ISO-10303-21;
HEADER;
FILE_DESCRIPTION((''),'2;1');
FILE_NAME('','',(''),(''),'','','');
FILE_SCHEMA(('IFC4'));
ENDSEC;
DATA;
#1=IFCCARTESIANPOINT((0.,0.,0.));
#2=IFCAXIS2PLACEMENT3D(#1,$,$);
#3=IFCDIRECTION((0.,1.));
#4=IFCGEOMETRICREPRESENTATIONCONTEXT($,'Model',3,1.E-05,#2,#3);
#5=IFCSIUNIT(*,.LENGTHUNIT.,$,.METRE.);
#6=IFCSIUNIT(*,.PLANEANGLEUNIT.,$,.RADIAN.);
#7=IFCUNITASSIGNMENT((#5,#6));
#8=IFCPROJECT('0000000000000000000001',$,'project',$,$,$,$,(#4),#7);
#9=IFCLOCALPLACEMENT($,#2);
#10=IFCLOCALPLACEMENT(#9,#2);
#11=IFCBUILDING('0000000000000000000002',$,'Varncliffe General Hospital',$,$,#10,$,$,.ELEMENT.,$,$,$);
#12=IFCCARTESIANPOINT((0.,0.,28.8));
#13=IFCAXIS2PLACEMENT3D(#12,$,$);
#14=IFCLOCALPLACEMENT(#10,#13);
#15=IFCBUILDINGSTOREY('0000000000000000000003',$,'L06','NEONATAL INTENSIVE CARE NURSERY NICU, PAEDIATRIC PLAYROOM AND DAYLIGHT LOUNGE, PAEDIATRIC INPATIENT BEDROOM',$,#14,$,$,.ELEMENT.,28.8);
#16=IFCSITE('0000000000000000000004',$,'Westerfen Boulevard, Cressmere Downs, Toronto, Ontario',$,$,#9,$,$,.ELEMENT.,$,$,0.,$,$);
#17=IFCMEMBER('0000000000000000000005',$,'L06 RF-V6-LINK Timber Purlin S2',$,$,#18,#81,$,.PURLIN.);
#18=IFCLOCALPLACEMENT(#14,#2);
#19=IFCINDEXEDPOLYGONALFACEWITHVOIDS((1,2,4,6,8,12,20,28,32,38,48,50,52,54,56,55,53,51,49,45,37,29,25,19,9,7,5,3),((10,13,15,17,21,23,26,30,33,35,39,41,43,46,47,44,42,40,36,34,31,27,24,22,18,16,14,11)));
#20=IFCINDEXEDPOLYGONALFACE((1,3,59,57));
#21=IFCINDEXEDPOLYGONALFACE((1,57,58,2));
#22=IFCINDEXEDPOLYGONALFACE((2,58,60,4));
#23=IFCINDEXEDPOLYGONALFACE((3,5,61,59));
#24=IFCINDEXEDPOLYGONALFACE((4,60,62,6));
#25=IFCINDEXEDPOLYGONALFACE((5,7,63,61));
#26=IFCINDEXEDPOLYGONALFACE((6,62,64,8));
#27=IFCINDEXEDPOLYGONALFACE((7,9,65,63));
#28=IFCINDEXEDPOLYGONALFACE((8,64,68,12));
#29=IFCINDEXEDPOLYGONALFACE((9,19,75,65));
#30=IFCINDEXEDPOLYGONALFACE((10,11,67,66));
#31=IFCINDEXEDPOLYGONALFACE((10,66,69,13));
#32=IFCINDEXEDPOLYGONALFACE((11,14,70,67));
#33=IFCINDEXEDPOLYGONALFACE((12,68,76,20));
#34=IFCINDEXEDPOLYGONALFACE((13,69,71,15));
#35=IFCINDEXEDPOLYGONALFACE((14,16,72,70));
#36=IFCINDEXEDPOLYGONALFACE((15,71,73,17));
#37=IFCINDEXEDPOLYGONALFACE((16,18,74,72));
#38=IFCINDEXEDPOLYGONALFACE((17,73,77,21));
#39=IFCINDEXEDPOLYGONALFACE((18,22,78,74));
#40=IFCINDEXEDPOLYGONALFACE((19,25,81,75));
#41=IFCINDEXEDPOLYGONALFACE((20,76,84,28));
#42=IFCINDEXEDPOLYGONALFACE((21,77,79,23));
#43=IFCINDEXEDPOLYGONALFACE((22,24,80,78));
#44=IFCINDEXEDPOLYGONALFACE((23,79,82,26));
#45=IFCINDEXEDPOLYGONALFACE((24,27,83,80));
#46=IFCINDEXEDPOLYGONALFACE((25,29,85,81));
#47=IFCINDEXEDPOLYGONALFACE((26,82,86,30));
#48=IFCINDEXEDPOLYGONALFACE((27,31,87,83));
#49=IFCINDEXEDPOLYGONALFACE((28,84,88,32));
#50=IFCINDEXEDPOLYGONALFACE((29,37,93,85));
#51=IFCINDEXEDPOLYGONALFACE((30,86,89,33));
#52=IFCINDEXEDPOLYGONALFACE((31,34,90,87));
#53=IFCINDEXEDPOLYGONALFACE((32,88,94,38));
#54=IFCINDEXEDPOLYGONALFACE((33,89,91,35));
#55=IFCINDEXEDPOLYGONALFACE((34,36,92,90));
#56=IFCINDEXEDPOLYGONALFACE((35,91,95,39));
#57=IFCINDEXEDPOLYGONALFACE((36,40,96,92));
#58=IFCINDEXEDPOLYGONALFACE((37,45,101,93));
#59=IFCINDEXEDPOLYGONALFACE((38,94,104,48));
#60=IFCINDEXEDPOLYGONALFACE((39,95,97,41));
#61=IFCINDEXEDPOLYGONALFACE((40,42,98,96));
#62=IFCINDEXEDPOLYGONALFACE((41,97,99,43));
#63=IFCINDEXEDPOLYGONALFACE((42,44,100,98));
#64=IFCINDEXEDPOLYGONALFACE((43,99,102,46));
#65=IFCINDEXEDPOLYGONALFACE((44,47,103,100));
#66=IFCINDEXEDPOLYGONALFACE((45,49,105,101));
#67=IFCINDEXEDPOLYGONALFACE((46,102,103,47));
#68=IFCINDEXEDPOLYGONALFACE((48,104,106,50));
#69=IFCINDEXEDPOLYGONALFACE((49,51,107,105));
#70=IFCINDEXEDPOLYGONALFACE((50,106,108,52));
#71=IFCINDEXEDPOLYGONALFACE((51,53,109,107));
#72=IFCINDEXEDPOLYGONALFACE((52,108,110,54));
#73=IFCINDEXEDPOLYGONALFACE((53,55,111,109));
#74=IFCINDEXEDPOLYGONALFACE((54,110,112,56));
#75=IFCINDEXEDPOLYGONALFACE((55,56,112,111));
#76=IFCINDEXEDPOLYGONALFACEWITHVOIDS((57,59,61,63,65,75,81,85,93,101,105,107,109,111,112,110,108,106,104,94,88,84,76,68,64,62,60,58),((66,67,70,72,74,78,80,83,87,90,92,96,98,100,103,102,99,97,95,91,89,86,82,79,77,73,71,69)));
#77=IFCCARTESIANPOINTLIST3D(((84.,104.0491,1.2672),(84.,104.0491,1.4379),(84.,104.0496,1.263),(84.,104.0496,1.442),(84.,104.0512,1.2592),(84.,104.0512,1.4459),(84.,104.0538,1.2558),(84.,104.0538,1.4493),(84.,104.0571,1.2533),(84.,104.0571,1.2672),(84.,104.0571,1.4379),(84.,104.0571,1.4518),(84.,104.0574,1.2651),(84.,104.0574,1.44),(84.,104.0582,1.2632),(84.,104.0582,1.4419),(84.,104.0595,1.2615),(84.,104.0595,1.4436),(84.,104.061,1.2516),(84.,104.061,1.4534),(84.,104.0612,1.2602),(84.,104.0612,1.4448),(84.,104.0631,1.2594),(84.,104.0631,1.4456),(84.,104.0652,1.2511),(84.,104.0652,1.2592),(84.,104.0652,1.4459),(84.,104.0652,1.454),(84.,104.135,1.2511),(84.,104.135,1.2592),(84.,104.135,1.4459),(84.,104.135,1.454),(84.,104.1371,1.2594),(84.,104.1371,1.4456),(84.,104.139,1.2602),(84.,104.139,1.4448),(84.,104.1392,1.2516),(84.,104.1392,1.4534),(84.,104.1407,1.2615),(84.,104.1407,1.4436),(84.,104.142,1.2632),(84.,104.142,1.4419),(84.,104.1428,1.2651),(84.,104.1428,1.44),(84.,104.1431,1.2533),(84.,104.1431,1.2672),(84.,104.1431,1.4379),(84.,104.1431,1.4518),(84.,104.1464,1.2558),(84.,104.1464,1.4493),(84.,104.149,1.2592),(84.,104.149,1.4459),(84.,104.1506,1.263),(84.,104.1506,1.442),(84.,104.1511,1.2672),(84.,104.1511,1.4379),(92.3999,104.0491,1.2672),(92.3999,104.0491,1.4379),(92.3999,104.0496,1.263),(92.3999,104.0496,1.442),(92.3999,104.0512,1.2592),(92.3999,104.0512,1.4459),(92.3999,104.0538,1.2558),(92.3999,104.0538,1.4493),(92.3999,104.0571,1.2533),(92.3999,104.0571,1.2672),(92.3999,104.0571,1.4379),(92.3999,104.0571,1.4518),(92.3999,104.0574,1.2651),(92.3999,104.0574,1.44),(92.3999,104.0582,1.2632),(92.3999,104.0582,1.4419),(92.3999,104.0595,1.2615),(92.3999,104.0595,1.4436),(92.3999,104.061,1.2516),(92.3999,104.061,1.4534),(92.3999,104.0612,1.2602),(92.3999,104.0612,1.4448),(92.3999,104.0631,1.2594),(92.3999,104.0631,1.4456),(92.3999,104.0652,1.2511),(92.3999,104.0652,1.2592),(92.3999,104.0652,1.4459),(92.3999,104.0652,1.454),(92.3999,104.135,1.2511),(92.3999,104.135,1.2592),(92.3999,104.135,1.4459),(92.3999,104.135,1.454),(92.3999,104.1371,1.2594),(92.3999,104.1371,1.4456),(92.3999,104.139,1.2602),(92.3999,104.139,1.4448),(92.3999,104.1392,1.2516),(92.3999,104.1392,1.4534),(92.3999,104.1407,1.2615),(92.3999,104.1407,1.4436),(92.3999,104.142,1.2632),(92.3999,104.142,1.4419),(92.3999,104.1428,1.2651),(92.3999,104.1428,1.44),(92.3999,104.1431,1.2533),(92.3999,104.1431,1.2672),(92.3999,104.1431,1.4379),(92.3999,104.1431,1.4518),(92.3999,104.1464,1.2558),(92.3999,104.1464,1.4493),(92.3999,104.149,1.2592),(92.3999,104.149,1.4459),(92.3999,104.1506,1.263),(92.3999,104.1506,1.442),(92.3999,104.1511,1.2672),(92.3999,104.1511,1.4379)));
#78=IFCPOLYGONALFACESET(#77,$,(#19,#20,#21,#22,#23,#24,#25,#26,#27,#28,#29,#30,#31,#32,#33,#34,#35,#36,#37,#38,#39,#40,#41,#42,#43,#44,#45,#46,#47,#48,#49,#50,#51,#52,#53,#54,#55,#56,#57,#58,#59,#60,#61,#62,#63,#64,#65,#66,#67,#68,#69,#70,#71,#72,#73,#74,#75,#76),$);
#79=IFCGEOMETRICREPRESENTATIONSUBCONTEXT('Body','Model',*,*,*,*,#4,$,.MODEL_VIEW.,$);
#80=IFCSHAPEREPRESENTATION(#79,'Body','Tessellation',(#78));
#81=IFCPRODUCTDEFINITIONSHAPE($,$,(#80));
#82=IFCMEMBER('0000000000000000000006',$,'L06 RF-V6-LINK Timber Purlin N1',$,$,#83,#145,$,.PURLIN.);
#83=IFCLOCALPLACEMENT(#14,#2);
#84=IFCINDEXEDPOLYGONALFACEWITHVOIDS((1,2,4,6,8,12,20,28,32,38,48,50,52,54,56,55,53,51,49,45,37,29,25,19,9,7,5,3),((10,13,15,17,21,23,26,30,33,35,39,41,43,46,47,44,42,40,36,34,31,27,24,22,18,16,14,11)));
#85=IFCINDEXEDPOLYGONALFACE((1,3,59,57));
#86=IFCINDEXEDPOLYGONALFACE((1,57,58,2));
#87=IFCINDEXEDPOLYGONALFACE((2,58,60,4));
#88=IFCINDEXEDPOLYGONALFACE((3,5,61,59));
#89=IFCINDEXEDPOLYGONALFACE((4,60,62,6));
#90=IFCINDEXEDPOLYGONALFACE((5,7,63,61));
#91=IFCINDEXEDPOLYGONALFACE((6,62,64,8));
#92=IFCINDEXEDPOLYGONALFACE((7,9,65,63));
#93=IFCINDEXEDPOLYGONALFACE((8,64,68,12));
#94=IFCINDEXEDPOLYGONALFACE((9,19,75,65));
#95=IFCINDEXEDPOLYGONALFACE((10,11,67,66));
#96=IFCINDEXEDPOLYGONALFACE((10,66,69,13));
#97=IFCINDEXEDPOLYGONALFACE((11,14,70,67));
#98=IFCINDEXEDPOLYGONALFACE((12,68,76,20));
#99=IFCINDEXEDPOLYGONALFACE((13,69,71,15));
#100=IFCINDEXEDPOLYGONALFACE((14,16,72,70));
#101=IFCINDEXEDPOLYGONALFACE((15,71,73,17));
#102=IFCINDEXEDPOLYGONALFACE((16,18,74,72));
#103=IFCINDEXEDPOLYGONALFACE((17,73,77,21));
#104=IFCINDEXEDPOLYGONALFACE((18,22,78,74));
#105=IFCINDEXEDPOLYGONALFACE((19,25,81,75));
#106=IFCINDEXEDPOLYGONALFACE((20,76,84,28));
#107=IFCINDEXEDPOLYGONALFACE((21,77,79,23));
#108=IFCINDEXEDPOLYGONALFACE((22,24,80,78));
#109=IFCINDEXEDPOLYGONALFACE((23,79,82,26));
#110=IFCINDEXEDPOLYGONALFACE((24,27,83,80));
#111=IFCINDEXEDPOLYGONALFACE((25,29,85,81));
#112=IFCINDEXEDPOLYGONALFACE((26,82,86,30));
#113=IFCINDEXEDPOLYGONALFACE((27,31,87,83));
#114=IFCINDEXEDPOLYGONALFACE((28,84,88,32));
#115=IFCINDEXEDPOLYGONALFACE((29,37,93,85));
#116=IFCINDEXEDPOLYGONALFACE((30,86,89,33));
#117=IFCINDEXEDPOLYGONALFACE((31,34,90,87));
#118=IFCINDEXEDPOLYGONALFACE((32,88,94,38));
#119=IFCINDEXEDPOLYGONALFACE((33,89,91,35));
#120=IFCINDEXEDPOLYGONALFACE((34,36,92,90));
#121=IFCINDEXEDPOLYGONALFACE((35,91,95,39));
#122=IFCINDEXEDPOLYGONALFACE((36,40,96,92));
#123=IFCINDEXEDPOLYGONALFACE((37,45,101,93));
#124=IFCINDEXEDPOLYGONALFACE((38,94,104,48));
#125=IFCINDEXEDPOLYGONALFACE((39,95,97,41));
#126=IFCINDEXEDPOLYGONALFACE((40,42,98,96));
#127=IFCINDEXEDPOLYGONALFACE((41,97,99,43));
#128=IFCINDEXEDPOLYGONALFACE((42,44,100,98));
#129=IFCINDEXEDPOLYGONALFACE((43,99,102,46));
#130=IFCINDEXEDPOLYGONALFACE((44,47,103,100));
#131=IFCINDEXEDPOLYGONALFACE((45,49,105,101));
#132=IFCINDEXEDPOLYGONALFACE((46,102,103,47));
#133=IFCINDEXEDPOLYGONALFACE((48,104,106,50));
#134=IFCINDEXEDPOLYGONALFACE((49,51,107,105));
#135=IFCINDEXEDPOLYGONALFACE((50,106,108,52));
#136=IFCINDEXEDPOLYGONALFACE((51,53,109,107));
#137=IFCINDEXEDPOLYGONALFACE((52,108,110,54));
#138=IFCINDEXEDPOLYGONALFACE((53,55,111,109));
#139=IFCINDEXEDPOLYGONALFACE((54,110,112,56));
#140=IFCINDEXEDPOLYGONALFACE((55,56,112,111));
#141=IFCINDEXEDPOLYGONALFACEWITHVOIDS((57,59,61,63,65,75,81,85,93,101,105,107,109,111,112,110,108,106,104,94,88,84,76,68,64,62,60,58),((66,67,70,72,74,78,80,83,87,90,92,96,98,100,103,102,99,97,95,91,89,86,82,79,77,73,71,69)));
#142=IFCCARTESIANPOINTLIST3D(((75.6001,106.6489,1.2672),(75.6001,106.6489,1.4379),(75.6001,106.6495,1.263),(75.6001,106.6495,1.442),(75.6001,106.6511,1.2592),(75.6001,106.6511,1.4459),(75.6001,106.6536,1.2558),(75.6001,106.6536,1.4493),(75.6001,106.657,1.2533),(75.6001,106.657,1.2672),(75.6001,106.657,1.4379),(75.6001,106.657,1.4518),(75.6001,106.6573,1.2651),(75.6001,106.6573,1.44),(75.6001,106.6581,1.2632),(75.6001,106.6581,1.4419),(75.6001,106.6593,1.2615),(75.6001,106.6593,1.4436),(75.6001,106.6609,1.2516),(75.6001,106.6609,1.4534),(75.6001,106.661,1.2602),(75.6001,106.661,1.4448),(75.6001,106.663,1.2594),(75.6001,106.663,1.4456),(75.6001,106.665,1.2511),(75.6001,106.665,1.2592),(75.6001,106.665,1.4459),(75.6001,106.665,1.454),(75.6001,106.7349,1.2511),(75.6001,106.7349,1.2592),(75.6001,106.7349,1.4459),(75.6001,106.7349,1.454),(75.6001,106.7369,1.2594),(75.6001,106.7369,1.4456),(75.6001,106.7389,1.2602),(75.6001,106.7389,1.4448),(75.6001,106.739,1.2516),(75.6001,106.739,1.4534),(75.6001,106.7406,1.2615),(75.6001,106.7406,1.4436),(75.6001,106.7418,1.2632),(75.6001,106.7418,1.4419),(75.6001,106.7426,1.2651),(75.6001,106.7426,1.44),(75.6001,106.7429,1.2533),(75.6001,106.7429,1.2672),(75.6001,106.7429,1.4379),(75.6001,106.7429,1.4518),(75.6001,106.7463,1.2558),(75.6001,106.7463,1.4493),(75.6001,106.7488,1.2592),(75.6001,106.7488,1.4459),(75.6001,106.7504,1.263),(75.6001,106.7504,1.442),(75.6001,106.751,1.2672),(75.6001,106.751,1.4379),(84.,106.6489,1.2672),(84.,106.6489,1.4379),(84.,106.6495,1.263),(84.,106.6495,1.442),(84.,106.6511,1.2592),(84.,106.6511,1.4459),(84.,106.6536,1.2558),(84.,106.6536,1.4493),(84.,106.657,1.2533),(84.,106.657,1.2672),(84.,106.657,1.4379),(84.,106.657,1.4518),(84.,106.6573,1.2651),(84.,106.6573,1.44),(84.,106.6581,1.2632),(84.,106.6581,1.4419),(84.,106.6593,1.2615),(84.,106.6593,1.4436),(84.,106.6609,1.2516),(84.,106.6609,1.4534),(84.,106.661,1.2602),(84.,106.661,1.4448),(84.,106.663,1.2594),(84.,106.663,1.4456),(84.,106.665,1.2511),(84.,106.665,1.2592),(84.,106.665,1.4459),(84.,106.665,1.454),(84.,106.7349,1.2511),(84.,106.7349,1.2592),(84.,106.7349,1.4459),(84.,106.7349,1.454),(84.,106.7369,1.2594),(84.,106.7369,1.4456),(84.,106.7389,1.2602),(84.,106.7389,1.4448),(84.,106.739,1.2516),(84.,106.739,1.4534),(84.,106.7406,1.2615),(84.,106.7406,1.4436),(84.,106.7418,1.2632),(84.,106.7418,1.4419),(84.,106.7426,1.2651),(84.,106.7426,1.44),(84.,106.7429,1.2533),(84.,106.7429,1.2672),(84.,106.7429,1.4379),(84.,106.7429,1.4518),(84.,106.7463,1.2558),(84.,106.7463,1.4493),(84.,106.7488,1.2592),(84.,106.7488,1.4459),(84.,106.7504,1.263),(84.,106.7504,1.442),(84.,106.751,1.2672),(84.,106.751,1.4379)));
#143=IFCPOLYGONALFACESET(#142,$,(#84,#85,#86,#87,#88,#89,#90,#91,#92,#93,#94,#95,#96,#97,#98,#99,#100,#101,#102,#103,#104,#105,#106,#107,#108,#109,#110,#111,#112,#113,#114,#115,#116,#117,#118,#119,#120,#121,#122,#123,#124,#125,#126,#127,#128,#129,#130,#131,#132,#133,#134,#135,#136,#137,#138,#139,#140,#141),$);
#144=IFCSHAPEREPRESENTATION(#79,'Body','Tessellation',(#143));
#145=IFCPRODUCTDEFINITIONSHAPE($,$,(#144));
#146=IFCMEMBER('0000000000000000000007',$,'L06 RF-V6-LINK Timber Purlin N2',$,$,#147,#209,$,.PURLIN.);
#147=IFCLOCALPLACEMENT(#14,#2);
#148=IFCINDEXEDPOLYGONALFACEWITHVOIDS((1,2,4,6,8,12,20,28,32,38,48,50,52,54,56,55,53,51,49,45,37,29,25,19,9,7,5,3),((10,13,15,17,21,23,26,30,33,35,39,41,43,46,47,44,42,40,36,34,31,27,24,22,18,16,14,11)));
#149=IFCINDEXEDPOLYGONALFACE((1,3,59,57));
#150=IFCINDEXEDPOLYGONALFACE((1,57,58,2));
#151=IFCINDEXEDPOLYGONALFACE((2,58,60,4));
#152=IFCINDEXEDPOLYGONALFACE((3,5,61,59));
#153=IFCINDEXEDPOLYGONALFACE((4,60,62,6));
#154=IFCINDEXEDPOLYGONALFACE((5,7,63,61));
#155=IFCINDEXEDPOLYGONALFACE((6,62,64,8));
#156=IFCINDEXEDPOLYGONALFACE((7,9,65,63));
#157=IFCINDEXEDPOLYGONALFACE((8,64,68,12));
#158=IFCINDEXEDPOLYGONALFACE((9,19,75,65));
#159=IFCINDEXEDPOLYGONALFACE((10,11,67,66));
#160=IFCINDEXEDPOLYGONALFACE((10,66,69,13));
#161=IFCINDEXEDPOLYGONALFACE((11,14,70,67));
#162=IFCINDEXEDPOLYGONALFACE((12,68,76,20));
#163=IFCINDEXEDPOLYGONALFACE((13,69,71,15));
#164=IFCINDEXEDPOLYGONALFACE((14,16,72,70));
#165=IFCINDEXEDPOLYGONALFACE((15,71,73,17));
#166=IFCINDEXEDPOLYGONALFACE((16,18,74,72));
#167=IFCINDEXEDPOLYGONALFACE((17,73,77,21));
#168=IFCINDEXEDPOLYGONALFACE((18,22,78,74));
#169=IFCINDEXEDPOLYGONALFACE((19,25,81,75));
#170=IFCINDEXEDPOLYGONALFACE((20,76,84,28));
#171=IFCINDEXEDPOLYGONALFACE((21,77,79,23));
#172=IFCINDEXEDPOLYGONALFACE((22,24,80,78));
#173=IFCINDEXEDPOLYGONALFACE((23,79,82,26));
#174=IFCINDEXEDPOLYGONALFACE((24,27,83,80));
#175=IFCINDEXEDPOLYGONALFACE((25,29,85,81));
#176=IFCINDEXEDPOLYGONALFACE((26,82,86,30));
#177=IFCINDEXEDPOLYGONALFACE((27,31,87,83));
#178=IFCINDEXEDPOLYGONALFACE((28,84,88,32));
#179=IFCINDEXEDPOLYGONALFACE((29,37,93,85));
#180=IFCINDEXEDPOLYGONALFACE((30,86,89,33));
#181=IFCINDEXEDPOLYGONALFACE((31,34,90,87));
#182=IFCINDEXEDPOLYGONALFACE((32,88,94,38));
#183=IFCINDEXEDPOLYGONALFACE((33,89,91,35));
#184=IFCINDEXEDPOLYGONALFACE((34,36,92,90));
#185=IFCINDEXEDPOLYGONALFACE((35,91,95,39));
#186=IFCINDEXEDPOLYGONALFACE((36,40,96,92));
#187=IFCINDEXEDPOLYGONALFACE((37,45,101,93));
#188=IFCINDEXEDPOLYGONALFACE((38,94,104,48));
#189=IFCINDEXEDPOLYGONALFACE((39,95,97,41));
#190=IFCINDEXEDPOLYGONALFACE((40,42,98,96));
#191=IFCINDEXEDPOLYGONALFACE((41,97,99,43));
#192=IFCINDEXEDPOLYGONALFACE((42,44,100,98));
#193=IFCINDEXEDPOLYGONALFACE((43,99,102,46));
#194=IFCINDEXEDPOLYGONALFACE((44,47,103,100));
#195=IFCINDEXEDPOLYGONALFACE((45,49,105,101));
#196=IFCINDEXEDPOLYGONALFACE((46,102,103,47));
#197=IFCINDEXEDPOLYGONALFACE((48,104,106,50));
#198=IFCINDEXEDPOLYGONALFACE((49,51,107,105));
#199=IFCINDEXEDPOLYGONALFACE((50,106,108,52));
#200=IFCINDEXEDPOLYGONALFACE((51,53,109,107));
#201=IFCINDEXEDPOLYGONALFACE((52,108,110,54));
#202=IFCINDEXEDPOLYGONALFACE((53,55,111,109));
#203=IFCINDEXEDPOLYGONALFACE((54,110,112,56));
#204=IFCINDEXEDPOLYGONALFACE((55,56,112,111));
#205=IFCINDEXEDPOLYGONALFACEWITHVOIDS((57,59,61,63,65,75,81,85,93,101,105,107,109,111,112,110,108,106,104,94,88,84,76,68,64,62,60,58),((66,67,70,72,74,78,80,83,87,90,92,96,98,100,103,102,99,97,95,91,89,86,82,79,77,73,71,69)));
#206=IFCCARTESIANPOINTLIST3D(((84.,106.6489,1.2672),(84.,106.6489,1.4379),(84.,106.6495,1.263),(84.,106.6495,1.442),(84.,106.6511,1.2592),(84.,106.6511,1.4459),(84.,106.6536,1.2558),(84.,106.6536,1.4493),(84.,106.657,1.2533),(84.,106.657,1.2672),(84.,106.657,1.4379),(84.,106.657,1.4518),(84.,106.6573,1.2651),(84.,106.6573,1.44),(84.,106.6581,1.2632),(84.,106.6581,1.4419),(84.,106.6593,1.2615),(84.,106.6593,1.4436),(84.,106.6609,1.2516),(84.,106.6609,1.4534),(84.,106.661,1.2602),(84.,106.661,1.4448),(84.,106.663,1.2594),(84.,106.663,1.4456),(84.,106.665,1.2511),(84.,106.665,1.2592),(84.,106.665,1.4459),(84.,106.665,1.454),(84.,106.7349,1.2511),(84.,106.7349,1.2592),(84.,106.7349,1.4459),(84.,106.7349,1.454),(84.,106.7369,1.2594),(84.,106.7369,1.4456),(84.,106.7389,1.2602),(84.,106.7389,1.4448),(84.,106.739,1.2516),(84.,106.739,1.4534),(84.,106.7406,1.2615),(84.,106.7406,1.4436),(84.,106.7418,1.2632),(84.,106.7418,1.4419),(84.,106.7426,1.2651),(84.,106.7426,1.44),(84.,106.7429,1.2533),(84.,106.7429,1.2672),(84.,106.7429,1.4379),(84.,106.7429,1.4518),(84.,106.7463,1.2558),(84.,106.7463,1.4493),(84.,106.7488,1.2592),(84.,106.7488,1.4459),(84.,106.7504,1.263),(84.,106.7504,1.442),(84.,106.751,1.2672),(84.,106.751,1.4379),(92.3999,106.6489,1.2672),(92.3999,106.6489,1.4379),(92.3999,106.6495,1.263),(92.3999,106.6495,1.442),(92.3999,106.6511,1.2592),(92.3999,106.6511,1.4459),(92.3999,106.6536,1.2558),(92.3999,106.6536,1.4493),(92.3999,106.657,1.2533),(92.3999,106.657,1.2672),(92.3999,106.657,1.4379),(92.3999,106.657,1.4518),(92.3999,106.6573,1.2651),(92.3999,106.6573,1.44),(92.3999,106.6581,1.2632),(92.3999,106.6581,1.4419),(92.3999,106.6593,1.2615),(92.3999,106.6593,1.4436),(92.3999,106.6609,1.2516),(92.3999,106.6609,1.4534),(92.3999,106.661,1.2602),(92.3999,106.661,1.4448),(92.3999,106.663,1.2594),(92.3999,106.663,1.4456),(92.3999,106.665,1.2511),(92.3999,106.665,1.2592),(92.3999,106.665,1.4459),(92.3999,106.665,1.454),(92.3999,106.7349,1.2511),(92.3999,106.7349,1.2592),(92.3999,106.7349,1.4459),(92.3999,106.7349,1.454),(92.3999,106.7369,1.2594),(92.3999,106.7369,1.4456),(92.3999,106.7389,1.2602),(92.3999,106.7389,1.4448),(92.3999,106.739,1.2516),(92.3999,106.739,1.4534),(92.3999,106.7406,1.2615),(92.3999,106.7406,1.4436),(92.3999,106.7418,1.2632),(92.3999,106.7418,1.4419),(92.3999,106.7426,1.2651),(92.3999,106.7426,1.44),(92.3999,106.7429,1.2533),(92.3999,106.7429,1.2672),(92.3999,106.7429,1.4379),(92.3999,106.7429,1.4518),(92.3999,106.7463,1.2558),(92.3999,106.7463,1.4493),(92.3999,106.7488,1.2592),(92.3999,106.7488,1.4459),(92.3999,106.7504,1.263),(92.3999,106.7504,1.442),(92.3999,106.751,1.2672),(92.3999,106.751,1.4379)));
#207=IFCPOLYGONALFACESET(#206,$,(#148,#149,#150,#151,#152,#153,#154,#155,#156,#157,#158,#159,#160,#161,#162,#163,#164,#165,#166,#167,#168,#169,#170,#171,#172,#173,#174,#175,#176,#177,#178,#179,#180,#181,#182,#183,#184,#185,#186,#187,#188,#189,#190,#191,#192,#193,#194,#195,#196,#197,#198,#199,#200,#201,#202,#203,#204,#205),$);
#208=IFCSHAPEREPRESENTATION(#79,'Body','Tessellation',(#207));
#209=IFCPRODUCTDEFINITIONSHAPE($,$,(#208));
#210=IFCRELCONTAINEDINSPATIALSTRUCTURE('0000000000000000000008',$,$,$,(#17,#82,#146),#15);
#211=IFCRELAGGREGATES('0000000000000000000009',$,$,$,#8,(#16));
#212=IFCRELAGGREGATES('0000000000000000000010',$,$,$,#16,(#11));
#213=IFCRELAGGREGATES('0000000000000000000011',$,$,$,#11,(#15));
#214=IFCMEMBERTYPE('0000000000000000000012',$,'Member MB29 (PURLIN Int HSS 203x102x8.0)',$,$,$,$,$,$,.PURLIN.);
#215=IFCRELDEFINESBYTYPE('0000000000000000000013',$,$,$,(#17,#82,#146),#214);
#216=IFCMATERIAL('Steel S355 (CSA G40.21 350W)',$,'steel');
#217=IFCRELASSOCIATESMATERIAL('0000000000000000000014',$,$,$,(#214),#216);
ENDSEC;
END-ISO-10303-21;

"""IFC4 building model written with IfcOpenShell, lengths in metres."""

from ifc_helpers import new_model, si_unit, direction, frame, origin, origin_2d, place, context, subcontext, project, spatial, hollow_rectangle, extrude, material, material_profile, profile_set, type_object, element, save


model = new_model("IFC4")

# Units and contexts
model_context = context("Model", 3, precision=1e-05, world=origin(), true_north=direction((0.0, 1.0)))
body_context = subcontext(model_context, "Body", "Model", "MODEL_VIEW")
ifc_project = project(units=[si_unit("LENGTHUNIT", "METRE"), si_unit("PLANEANGLEUNIT", "RADIAN")], contexts=[model_context])

# Site, building, storey
site_placement = place(None, origin())
site = spatial("IfcSite", under=ifc_project, at=site_placement, Name="Westerfen Boulevard, Cressmere Downs, Toronto, Ontario", CompositionType="ELEMENT", RefElevation=0.0)
building_placement = place(site_placement, origin())
building = spatial("IfcBuilding", under=site, at=building_placement, Name="Varncliffe General Hospital", CompositionType="ELEMENT")
storey_placement = place(building_placement, frame((0.0, 0.0, 28.8)))
storey = spatial("IfcBuildingStorey", under=building, at=storey_placement, Name="L06", Description="NEONATAL INTENSIVE CARE NURSERY NICU, PAEDIATRIC PLAYROOM AND DAYLIGHT LOUNGE, PAEDIATRIC INPATIENT BEDROOM", CompositionType="ELEMENT", Elevation=28.8)

# Members
ifc_material_1 = material(Name="Steel S355 (CSA G40.21 350W)", Category="steel")
ifc_material_profile_1 = material_profile(ifc_material_1, hollow_rectangle(XDim=0.1021, YDim=0.2029, WallThickness=0.0081, InnerFilletRadius=0.0081, OuterFilletRadius=0.0161, at=origin_2d()), Name="HSS 203x102x8.0")
ifc_profile_set_1 = profile_set([ifc_material_profile_1], Name="Steel S355 (CSA G40.21 350W)")
member_type_1 = type_object("IfcMemberType", Name="Member MB29 (PURLIN Int HSS 203x102x8.0)", PredefinedType="PURLIN", material=ifc_profile_set_1)
for number, where, z_axis, x_axis, name in (
    (1, (84.0, 104.1001, 1.3525), (1.0, 0.0, 0.0), (0.0, 1.0, 0.0), "L06 RF-V6-LINK Timber Purlin S2"),
    (2, (75.6001, 106.7, 1.3525), (1.0, 0.0, 0.0), (0.0, 1.0, 0.0), "L06 RF-V6-LINK Timber Purlin N1"),
    (3, (84.0, 106.7, 1.3525), (1.0, 0.0, 0.0), (0.0, 1.0, 0.0), "L06 RF-V6-LINK Timber Purlin N2"),
):
    element("IfcMember", number, at=place(storey_placement, frame(where, z_axis=z_axis, x_axis=x_axis)), inside=storey, type_object=member_type_1, Name=name, PredefinedType="PURLIN", context=body_context, shape_type="SweptSolid", body=[
        extrude(hollow_rectangle(XDim=0.1021, YDim=0.2029, WallThickness=0.0081, InnerFilletRadius=0.0081, OuterFilletRadius=0.0161, at=origin_2d()), origin(), (0.0, 0.0, 1.0), 8.3999),
    ])

save(model, "model.ifc")
